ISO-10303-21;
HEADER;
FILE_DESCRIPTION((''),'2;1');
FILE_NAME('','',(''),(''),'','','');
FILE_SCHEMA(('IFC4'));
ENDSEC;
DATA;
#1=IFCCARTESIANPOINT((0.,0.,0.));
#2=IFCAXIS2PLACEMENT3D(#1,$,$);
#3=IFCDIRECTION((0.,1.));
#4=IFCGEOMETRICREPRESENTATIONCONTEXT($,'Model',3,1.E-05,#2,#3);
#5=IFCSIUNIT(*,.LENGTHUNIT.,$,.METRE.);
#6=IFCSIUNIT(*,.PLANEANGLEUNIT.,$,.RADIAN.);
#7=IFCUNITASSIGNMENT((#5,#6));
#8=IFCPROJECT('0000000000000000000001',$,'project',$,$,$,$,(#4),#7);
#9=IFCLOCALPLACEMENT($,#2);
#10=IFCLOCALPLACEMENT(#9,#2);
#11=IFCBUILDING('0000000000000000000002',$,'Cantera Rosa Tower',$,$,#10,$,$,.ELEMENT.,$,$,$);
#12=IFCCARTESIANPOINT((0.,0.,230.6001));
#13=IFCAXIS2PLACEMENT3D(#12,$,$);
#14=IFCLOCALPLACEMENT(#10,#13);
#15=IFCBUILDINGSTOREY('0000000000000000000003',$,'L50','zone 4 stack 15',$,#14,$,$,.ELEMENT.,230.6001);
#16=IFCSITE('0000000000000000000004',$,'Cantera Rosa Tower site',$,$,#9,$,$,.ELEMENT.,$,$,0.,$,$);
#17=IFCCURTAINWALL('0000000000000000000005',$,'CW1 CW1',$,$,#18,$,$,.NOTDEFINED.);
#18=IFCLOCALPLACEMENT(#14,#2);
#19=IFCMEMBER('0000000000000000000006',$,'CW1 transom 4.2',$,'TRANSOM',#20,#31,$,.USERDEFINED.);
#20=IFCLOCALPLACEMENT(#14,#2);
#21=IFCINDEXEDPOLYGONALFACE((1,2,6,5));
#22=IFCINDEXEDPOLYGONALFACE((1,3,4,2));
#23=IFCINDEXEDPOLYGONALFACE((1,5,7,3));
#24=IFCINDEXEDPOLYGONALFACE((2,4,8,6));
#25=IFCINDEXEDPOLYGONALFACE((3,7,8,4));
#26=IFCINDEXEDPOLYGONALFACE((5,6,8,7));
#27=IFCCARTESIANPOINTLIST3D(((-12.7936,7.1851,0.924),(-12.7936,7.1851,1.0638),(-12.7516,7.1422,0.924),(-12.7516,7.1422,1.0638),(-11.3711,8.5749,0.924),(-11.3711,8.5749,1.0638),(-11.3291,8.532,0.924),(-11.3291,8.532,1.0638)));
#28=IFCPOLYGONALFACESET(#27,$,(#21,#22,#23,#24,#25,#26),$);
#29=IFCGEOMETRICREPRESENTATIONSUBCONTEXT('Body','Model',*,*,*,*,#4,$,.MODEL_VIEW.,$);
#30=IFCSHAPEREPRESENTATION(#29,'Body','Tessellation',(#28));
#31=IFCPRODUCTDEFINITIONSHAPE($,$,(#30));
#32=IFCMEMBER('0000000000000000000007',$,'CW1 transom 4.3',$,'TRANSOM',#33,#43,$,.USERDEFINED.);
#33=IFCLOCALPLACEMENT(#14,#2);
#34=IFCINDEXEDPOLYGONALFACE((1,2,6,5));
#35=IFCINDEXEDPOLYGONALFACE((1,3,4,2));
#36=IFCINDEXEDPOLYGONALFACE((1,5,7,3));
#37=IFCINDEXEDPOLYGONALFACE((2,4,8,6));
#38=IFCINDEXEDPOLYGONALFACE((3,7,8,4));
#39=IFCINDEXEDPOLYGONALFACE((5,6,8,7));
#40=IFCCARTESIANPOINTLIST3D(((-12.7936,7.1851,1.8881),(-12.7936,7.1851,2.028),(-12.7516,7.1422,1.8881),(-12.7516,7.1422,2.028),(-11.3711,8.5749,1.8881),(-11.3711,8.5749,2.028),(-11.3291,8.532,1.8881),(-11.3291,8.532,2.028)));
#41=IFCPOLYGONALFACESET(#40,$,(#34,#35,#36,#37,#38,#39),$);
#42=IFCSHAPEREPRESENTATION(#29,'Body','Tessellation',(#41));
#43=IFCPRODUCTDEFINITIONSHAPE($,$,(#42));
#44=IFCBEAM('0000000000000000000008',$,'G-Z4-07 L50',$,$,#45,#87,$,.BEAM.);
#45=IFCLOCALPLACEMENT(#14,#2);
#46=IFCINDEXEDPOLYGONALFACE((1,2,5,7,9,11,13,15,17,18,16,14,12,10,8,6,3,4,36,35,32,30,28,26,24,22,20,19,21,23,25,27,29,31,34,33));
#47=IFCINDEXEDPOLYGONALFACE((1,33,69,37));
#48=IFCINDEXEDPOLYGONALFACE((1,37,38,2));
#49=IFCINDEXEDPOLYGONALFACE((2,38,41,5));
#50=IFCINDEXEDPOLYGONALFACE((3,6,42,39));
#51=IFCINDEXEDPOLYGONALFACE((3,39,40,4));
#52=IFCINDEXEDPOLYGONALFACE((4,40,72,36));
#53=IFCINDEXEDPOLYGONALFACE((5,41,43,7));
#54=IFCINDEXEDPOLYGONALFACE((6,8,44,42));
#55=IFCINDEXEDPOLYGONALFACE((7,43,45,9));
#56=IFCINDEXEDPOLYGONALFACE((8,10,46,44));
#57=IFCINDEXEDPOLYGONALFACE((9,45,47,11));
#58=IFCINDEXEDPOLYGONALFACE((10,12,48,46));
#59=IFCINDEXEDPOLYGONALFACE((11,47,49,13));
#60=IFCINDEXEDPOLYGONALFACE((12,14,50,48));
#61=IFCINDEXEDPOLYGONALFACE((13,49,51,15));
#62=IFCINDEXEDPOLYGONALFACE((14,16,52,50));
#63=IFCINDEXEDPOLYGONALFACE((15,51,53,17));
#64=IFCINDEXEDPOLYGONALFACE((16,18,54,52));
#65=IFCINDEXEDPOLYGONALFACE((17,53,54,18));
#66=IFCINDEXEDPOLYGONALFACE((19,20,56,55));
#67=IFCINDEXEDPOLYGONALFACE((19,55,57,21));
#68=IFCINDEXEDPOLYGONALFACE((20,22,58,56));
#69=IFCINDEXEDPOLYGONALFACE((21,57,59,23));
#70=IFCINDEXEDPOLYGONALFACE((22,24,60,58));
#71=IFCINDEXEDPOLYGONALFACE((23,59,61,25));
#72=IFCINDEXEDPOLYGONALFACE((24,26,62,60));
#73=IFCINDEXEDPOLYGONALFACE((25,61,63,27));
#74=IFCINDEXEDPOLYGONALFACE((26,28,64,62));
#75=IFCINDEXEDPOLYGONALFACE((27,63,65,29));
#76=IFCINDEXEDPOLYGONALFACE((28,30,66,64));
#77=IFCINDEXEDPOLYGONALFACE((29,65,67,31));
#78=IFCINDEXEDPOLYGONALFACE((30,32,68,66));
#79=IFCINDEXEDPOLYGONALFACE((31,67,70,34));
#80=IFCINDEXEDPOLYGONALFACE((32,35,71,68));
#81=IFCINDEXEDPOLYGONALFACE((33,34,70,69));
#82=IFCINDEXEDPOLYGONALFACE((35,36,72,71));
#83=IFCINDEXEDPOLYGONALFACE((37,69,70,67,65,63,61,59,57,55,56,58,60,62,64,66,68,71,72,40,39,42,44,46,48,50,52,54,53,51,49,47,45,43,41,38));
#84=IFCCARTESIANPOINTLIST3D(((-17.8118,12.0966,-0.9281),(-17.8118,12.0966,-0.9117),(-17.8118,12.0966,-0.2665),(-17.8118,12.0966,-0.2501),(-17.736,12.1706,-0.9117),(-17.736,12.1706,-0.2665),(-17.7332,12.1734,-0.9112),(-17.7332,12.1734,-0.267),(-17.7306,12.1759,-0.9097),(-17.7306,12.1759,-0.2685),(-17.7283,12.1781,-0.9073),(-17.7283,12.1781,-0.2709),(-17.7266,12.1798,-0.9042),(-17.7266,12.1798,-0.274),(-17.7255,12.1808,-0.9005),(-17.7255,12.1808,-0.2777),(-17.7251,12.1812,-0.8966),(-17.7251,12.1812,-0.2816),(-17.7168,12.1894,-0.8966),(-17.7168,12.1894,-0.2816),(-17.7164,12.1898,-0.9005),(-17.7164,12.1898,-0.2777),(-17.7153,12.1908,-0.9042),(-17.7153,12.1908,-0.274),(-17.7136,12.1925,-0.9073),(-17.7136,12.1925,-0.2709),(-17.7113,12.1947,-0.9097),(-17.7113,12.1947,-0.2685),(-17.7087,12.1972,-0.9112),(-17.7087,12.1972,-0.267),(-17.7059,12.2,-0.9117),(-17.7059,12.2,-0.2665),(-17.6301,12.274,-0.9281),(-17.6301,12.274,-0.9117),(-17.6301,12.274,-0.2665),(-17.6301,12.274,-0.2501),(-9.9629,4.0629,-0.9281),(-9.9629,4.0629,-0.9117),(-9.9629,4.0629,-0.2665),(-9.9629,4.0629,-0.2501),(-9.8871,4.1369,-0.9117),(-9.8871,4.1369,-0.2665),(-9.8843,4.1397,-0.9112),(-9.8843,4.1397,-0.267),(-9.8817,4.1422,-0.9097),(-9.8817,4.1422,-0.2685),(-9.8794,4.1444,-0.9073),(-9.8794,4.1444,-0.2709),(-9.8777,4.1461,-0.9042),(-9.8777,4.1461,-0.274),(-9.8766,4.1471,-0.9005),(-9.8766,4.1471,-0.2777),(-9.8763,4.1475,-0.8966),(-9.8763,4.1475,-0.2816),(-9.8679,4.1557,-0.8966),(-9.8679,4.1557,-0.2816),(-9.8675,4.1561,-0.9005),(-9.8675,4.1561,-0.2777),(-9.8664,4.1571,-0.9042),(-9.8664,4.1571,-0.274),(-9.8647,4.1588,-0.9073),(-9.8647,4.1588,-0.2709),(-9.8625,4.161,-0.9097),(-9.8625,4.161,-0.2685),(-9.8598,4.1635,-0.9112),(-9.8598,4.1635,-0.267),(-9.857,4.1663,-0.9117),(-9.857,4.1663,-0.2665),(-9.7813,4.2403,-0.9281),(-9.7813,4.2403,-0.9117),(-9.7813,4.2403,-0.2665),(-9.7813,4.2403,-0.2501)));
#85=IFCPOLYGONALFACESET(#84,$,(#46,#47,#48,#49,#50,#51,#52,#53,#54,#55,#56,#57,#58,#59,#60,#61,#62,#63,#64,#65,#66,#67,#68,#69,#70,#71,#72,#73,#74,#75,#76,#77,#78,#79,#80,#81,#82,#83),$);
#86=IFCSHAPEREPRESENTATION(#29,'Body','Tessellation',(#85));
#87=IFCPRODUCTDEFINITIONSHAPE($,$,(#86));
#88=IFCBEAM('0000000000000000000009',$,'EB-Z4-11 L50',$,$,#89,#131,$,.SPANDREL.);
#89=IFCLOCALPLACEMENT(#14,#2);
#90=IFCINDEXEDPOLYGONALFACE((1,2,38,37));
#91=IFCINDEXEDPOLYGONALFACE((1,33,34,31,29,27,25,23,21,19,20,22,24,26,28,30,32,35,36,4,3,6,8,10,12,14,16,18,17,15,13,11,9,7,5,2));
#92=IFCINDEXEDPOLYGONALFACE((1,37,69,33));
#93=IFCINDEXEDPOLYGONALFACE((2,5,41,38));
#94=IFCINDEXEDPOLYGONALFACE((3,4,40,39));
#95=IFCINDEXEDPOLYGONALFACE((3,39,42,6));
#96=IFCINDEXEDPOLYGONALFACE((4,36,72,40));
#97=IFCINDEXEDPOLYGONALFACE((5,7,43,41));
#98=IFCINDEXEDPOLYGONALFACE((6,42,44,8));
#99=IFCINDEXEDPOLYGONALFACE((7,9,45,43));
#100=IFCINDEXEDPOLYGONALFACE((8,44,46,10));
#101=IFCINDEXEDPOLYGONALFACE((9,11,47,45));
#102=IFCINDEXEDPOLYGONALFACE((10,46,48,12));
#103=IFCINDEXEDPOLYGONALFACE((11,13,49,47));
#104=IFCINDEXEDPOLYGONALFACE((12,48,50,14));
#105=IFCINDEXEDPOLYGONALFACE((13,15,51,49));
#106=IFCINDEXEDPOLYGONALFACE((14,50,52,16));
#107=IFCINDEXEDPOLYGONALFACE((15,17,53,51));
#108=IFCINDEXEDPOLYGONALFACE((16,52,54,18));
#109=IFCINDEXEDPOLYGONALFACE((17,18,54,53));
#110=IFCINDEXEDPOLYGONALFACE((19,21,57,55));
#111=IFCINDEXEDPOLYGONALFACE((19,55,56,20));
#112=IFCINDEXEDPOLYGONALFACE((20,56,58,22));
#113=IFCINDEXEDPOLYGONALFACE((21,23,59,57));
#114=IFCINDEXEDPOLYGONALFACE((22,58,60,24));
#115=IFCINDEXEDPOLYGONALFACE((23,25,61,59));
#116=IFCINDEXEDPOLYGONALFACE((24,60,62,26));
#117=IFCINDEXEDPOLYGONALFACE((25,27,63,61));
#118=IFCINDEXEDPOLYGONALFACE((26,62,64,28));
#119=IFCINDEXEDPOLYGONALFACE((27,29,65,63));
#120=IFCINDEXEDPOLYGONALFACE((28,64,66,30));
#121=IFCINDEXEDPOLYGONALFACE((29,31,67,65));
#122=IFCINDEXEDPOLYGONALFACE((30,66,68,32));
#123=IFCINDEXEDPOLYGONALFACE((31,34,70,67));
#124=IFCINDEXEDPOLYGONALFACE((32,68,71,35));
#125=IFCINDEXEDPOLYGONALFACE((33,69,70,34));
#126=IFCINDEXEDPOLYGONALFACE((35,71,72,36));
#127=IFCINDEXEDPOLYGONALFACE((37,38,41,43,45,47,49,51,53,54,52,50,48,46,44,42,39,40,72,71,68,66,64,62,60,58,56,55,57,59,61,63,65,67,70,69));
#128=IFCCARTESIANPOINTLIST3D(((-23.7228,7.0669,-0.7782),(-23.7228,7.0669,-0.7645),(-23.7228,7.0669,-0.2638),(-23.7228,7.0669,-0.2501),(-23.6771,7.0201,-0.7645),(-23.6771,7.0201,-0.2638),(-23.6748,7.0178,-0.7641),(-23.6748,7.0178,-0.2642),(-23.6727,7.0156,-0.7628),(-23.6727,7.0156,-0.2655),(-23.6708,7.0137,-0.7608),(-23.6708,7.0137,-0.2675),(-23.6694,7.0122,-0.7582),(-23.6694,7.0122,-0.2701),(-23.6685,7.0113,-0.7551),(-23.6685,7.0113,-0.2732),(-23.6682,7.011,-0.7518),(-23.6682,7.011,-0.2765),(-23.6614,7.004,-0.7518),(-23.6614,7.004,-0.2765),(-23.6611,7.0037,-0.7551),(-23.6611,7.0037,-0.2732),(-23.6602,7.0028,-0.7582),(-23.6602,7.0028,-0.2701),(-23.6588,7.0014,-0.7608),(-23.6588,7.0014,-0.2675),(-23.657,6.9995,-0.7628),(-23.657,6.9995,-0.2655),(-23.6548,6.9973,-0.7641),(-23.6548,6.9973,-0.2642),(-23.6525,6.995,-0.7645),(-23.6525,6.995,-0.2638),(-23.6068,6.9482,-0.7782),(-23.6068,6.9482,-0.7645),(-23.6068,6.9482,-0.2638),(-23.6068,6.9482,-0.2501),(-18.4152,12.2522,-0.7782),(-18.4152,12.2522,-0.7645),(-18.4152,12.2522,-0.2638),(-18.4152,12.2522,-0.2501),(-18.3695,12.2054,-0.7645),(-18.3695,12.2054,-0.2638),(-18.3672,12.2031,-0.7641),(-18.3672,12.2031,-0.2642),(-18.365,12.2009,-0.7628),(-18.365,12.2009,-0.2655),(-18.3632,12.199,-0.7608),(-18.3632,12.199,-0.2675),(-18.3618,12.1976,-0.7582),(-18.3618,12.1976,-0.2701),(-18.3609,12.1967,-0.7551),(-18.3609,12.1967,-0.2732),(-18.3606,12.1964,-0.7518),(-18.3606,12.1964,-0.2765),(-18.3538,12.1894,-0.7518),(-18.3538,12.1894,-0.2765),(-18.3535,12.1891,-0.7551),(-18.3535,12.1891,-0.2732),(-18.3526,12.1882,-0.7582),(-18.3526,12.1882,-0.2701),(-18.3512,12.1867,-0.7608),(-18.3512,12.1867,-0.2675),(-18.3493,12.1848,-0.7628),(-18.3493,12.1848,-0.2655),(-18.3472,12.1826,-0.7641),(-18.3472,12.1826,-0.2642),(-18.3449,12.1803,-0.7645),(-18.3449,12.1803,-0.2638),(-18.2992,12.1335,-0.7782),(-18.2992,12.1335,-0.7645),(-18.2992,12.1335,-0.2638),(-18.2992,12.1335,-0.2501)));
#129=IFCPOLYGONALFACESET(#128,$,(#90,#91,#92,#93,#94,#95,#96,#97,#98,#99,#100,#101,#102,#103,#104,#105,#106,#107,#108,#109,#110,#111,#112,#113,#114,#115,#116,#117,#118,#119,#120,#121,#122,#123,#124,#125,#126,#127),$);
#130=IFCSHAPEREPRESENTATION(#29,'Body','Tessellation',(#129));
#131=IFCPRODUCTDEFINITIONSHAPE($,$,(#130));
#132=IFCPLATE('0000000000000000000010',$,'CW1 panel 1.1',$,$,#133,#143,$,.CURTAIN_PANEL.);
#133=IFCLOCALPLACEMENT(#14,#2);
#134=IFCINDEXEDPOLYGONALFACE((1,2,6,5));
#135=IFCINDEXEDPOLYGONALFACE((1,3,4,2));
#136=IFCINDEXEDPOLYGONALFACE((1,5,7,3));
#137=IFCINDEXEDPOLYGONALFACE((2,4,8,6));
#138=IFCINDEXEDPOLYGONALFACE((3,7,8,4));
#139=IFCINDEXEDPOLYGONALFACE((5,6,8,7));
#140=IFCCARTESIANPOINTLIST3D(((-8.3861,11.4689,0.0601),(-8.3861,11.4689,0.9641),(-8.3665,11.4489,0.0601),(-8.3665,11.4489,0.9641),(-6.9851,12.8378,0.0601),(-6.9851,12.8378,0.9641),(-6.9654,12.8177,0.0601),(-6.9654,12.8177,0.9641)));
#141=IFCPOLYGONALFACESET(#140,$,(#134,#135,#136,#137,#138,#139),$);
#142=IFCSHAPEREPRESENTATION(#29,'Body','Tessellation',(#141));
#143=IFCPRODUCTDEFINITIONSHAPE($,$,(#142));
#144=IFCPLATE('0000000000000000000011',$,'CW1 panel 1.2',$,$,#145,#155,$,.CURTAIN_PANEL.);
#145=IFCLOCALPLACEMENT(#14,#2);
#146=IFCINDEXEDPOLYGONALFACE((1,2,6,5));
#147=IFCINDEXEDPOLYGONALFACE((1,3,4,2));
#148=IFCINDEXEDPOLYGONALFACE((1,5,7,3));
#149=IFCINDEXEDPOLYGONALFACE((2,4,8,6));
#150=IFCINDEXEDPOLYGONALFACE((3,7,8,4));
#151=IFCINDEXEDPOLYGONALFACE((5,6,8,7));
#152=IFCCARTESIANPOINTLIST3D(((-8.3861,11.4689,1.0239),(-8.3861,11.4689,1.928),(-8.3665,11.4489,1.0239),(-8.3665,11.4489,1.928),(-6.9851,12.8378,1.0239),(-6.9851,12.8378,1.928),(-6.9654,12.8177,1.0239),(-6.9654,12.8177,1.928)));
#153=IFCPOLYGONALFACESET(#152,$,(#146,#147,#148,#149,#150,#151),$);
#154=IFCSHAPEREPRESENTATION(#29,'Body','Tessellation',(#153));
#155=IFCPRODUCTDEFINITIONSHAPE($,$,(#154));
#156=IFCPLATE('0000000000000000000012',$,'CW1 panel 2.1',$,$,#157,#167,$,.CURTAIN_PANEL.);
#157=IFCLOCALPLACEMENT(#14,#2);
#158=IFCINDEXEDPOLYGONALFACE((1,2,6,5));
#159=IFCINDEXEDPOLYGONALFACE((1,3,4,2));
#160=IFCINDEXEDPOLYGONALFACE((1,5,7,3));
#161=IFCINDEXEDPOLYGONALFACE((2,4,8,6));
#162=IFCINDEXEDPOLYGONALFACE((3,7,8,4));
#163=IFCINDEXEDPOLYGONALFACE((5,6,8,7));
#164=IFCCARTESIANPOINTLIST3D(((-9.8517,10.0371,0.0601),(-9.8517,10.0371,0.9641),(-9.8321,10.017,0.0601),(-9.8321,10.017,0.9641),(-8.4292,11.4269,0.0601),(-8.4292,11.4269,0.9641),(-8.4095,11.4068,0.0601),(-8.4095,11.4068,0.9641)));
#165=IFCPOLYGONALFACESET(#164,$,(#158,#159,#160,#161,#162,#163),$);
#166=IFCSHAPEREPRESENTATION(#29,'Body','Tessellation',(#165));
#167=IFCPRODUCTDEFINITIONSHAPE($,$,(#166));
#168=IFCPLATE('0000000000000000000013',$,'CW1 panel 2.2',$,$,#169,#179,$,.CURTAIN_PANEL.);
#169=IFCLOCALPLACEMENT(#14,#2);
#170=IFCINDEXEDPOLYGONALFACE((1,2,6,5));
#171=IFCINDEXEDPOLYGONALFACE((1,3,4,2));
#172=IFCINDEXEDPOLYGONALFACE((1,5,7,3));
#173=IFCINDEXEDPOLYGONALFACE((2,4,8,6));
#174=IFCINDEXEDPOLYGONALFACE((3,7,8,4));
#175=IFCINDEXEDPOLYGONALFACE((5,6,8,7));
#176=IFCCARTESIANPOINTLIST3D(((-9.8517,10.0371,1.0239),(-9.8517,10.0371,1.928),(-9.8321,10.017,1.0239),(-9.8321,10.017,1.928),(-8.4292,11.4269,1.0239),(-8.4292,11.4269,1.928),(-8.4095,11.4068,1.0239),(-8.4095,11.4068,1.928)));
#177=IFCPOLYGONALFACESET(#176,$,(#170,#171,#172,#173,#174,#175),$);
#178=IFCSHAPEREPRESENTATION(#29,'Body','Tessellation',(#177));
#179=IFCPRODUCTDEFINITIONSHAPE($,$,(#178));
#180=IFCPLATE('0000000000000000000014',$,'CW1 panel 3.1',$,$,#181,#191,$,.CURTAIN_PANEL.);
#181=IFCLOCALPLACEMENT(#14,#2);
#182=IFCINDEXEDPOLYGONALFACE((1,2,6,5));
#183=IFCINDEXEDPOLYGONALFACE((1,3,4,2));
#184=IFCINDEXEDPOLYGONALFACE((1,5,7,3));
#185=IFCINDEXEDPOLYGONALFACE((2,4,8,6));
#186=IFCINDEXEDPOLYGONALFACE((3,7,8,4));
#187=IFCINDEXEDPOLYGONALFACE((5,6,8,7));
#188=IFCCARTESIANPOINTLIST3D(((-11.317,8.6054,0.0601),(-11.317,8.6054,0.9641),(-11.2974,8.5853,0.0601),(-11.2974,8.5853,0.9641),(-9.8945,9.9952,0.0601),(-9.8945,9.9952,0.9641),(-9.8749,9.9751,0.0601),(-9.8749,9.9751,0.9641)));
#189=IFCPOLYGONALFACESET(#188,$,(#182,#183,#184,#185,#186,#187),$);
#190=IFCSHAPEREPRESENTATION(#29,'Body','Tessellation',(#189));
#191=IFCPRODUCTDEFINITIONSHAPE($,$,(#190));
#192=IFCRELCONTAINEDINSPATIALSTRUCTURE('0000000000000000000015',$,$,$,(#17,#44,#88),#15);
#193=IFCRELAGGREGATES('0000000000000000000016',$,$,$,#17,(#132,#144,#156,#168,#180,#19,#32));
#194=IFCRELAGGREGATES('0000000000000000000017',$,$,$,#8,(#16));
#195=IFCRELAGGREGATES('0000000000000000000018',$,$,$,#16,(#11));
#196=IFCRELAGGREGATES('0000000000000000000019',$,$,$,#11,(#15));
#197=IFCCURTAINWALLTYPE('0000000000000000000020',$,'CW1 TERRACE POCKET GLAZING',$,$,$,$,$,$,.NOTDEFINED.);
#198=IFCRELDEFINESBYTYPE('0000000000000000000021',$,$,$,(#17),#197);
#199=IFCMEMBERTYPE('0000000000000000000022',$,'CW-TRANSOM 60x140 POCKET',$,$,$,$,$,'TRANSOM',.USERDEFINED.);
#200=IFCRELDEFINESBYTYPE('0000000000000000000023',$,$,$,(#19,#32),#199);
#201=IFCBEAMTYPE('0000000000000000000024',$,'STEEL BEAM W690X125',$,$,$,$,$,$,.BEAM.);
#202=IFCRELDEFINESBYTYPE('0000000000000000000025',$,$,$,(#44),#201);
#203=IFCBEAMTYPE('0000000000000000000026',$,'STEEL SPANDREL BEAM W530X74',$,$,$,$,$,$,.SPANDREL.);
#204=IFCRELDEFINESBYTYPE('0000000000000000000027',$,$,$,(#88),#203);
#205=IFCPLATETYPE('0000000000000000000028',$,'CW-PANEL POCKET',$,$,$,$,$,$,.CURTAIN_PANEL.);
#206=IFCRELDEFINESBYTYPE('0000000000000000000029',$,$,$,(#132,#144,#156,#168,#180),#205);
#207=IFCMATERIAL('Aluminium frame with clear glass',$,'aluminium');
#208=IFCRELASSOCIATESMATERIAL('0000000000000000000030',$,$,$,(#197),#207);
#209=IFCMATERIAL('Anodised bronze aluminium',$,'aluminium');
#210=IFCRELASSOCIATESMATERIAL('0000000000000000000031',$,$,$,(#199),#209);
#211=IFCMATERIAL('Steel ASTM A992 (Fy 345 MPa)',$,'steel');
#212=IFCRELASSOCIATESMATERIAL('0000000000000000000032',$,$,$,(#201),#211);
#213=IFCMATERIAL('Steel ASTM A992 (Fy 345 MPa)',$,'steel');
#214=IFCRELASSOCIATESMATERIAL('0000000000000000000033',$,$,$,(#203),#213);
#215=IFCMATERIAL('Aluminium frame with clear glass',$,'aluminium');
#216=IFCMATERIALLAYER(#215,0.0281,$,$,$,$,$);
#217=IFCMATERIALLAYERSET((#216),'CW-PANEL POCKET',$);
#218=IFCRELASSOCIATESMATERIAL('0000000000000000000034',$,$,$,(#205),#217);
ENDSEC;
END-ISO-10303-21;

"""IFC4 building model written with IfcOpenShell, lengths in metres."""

from ifc_helpers import new_model, si_unit, direction, frame, origin, origin_2d, place, context, subcontext, project, spatial, rectangle, i_section, extrude, material, layer, layer_set, material_profile, profile_set, type_object, element, aggregate, save


model = new_model("IFC4")

# Units and contexts
model_context = context("Model", 3, precision=1e-05, world=origin(), true_north=direction((0.0, 1.0)))
body_context = subcontext(model_context, "Body", "Model", "MODEL_VIEW")
ifc_project = project(units=[si_unit("LENGTHUNIT", "METRE"), si_unit("PLANEANGLEUNIT", "RADIAN")], contexts=[model_context])

# Site, building, storey
site_placement = place(None, origin())
site = spatial("IfcSite", under=ifc_project, at=site_placement, Name="Cantera Rosa Tower site", CompositionType="ELEMENT", RefElevation=0.0)
building_placement = place(site_placement, origin())
building = spatial("IfcBuilding", under=site, at=building_placement, Name="Cantera Rosa Tower", CompositionType="ELEMENT")
storey_placement = place(building_placement, frame((0.0, 0.0, 230.6001)))
storey = spatial("IfcBuildingStorey", under=building, at=storey_placement, Name="L50", Description="zone 4 stack 15", CompositionType="ELEMENT", Elevation=230.6001)

# Curtain wall, members
ifc_material_1 = material(Name="Aluminium frame with clear glass", Category="aluminium")
curtain_wall_type = type_object("IfcCurtainWallType", Name="CW1 TERRACE POCKET GLAZING", PredefinedType="NOTDEFINED", material=ifc_material_1)
curtain_wall_placement = place(storey_placement, origin())
curtain_wall = element("IfcCurtainWall", 1, at=curtain_wall_placement, inside=storey, type_object=curtain_wall_type, Name="CW1 CW1", PredefinedType="NOTDEFINED")
ifc_material_2 = material(Name="Anodised bronze aluminium", Category="aluminium")
ifc_material_profile_1 = material_profile(ifc_material_2, rectangle(XDim=0.0601, YDim=0.1399, at=origin_2d()), Name="CW-TRANSOM 60x140 POCKET")
ifc_profile_set_1 = profile_set([ifc_material_profile_1], Name="Anodised bronze aluminium")
member_type_1 = type_object("IfcMemberType", Name="CW-TRANSOM 60x140 POCKET", ElementType="TRANSOM", PredefinedType="USERDEFINED", material=ifc_profile_set_1)
member_1_placement = place(storey_placement, frame((-11.3501, 8.5535, 0.9939), z_axis=(-0.715283, -0.698834, 0.0), x_axis=(0.698834, -0.715283, 0.0)))
member_1 = element("IfcMember", 2, at=member_1_placement, type_object=member_type_1, Name="CW1 transom 4.2", ObjectType="TRANSOM", PredefinedType="USERDEFINED", context=body_context, shape_type="SweptSolid", body=[
    extrude(rectangle(XDim=0.0601, YDim=0.1399, at=origin_2d()), origin(), (0.0, 0.0, 1.0), 1.9888),
])
member_2_placement = place(storey_placement, frame((-11.3501, 8.5535, 1.958), z_axis=(-0.715283, -0.698834, 0.0), x_axis=(0.698834, -0.715283, 0.0)))
member_2 = element("IfcMember", 3, at=member_2_placement, type_object=member_type_1, Name="CW1 transom 4.3", ObjectType="TRANSOM", PredefinedType="USERDEFINED", context=body_context, shape_type="SweptSolid", body=[
    extrude(rectangle(XDim=0.0601, YDim=0.1399, at=origin_2d()), origin(), (0.0, 0.0, 1.0), 1.9888),
])

# Beams
ifc_material_3 = material(Name="Steel ASTM A992 (Fy 345 MPa)", Category="steel")
ifc_material_profile_2 = material_profile(ifc_material_3, i_section(OverallWidth=0.2539, OverallDepth=0.678, WebThickness=0.0117, FlangeThickness=0.0164, FilletRadius=0.0151, at=origin_2d()), Name="W690X125")
ifc_profile_set_2 = profile_set([ifc_material_profile_2], Name="Steel ASTM A992 (Fy 345 MPa)")
beam_type_1 = type_object("IfcBeamType", Name="STEEL BEAM W690X125", PredefinedType="BEAM", material=ifc_profile_set_2)
beam_1_placement = place(storey_placement, frame((-17.7209, 12.1853, -0.5891), z_axis=(0.698831, -0.715286, 0.0), x_axis=(0.715286, 0.698831, 0.0)))
element("IfcBeam", 4, at=beam_1_placement, inside=storey, type_object=beam_type_1, Name="G-Z4-07 L50", PredefinedType="BEAM", context=body_context, shape_type="SweptSolid", body=[
    extrude(i_section(OverallWidth=0.2539, OverallDepth=0.678, WebThickness=0.0117, FlangeThickness=0.0164, FilletRadius=0.0151, at=origin_2d()), origin(), (0.0, 0.0, 1.0), 11.2314),
])
ifc_material_4 = material(Name="Steel ASTM A992 (Fy 345 MPa)", Category="steel")
ifc_material_profile_3 = material_profile(ifc_material_4, i_section(OverallWidth=0.166, OverallDepth=0.5281, WebThickness=0.0098, FlangeThickness=0.0137, FilletRadius=0.0127, at=origin_2d()), Name="W530X74")
ifc_profile_set_3 = profile_set([ifc_material_profile_3], Name="Steel ASTM A992 (Fy 345 MPa)")
beam_type_2 = type_object("IfcBeamType", Name="STEEL SPANDREL BEAM W530X74", PredefinedType="SPANDREL", material=ifc_profile_set_3)
beam_2_placement = place(storey_placement, frame((-18.3572, 12.1929, -0.5142), z_axis=(-0.715301, -0.698817, 0.0), x_axis=(0.698817, -0.715301, 0.0)))
element("IfcBeam", 5, at=beam_2_placement, inside=storey, type_object=beam_type_2, Name="EB-Z4-11 L50", PredefinedType="SPANDREL", context=body_context, shape_type="SweptSolid", body=[
    extrude(i_section(OverallWidth=0.166, OverallDepth=0.5281, WebThickness=0.0098, FlangeThickness=0.0137, FilletRadius=0.0127, at=origin_2d()), origin(), (0.0, 0.0, 1.0), 7.4202),
])

# Plates
ifc_material_5 = material(Name="Aluminium frame with clear glass", Category="aluminium")
ifc_layer_1 = layer(ifc_material_5, 0.0281)
ifc_layer_set_1 = layer_set([ifc_layer_1], Name="CW-PANEL POCKET")
plate_type = type_object("IfcPlateType", Name="CW-PANEL POCKET", PredefinedType="CURTAIN_PANEL", material=ifc_layer_set_1)
plate_1_placement = place(storey_placement, frame((-7.6758, 12.1433, 0.0601), z_axis=(0.0, 0.0, 1.0), x_axis=(-0.715286, -0.698832, 0.0)))
plate_1 = element("IfcPlate", 6, at=plate_1_placement, type_object=plate_type, Name="CW1 panel 1.1", PredefinedType="CURTAIN_PANEL", context=body_context, shape_type="SweptSolid", body=[
    extrude(rectangle(XDim=1.9587, YDim=0.0281, at=origin_2d()), origin(), (0.0, 0.0, 1.0), 0.9041),
])
plate_2_placement = place(storey_placement, frame((-7.6758, 12.1433, 1.0239), z_axis=(0.0, 0.0, 1.0), x_axis=(-0.715286, -0.698832, 0.0)))
plate_2 = element("IfcPlate", 7, at=plate_2_placement, type_object=plate_type, Name="CW1 panel 1.2", PredefinedType="CURTAIN_PANEL", context=body_context, shape_type="SweptSolid", body=[
    extrude(rectangle(XDim=1.9587, YDim=0.0281, at=origin_2d()), origin(), (0.0, 0.0, 1.0), 0.9041),
])
plate_3_placement = place(storey_placement, frame((-9.1306, 10.7219, 0.0601), z_axis=(0.0, 0.0, 1.0), x_axis=(-0.715286, -0.698832, 0.0)))
plate_3 = element("IfcPlate", 8, at=plate_3_placement, type_object=plate_type, Name="CW1 panel 2.1", PredefinedType="CURTAIN_PANEL", context=body_context, shape_type="SweptSolid", body=[
    extrude(rectangle(XDim=1.9888, YDim=0.0281, at=origin_2d()), origin(), (0.0, 0.0, 1.0), 0.9041),
])
plate_4_placement = place(storey_placement, frame((-9.1306, 10.7219, 1.0239), z_axis=(0.0, 0.0, 1.0), x_axis=(-0.715286, -0.698832, 0.0)))
plate_4 = element("IfcPlate", 9, at=plate_4_placement, type_object=plate_type, Name="CW1 panel 2.2", PredefinedType="CURTAIN_PANEL", context=body_context, shape_type="SweptSolid", body=[
    extrude(rectangle(XDim=1.9888, YDim=0.0281, at=origin_2d()), origin(), (0.0, 0.0, 1.0), 0.9041),
])
plate_5_placement = place(storey_placement, frame((-10.5959, 9.2903, 0.0601), z_axis=(0.0, 0.0, 1.0), x_axis=(-0.715286, -0.698832, 0.0)))
plate_5 = element("IfcPlate", 10, at=plate_5_placement, type_object=plate_type, Name="CW1 panel 3.1", PredefinedType="CURTAIN_PANEL", context=body_context, shape_type="SweptSolid", body=[
    extrude(rectangle(XDim=1.9888, YDim=0.0281, at=origin_2d()), origin(), (0.0, 0.0, 1.0), 0.9041),
])
aggregate(curtain_wall, [plate_1, plate_2, plate_3, plate_4, plate_5, member_1, member_2])

save(model, "model.ifc")
